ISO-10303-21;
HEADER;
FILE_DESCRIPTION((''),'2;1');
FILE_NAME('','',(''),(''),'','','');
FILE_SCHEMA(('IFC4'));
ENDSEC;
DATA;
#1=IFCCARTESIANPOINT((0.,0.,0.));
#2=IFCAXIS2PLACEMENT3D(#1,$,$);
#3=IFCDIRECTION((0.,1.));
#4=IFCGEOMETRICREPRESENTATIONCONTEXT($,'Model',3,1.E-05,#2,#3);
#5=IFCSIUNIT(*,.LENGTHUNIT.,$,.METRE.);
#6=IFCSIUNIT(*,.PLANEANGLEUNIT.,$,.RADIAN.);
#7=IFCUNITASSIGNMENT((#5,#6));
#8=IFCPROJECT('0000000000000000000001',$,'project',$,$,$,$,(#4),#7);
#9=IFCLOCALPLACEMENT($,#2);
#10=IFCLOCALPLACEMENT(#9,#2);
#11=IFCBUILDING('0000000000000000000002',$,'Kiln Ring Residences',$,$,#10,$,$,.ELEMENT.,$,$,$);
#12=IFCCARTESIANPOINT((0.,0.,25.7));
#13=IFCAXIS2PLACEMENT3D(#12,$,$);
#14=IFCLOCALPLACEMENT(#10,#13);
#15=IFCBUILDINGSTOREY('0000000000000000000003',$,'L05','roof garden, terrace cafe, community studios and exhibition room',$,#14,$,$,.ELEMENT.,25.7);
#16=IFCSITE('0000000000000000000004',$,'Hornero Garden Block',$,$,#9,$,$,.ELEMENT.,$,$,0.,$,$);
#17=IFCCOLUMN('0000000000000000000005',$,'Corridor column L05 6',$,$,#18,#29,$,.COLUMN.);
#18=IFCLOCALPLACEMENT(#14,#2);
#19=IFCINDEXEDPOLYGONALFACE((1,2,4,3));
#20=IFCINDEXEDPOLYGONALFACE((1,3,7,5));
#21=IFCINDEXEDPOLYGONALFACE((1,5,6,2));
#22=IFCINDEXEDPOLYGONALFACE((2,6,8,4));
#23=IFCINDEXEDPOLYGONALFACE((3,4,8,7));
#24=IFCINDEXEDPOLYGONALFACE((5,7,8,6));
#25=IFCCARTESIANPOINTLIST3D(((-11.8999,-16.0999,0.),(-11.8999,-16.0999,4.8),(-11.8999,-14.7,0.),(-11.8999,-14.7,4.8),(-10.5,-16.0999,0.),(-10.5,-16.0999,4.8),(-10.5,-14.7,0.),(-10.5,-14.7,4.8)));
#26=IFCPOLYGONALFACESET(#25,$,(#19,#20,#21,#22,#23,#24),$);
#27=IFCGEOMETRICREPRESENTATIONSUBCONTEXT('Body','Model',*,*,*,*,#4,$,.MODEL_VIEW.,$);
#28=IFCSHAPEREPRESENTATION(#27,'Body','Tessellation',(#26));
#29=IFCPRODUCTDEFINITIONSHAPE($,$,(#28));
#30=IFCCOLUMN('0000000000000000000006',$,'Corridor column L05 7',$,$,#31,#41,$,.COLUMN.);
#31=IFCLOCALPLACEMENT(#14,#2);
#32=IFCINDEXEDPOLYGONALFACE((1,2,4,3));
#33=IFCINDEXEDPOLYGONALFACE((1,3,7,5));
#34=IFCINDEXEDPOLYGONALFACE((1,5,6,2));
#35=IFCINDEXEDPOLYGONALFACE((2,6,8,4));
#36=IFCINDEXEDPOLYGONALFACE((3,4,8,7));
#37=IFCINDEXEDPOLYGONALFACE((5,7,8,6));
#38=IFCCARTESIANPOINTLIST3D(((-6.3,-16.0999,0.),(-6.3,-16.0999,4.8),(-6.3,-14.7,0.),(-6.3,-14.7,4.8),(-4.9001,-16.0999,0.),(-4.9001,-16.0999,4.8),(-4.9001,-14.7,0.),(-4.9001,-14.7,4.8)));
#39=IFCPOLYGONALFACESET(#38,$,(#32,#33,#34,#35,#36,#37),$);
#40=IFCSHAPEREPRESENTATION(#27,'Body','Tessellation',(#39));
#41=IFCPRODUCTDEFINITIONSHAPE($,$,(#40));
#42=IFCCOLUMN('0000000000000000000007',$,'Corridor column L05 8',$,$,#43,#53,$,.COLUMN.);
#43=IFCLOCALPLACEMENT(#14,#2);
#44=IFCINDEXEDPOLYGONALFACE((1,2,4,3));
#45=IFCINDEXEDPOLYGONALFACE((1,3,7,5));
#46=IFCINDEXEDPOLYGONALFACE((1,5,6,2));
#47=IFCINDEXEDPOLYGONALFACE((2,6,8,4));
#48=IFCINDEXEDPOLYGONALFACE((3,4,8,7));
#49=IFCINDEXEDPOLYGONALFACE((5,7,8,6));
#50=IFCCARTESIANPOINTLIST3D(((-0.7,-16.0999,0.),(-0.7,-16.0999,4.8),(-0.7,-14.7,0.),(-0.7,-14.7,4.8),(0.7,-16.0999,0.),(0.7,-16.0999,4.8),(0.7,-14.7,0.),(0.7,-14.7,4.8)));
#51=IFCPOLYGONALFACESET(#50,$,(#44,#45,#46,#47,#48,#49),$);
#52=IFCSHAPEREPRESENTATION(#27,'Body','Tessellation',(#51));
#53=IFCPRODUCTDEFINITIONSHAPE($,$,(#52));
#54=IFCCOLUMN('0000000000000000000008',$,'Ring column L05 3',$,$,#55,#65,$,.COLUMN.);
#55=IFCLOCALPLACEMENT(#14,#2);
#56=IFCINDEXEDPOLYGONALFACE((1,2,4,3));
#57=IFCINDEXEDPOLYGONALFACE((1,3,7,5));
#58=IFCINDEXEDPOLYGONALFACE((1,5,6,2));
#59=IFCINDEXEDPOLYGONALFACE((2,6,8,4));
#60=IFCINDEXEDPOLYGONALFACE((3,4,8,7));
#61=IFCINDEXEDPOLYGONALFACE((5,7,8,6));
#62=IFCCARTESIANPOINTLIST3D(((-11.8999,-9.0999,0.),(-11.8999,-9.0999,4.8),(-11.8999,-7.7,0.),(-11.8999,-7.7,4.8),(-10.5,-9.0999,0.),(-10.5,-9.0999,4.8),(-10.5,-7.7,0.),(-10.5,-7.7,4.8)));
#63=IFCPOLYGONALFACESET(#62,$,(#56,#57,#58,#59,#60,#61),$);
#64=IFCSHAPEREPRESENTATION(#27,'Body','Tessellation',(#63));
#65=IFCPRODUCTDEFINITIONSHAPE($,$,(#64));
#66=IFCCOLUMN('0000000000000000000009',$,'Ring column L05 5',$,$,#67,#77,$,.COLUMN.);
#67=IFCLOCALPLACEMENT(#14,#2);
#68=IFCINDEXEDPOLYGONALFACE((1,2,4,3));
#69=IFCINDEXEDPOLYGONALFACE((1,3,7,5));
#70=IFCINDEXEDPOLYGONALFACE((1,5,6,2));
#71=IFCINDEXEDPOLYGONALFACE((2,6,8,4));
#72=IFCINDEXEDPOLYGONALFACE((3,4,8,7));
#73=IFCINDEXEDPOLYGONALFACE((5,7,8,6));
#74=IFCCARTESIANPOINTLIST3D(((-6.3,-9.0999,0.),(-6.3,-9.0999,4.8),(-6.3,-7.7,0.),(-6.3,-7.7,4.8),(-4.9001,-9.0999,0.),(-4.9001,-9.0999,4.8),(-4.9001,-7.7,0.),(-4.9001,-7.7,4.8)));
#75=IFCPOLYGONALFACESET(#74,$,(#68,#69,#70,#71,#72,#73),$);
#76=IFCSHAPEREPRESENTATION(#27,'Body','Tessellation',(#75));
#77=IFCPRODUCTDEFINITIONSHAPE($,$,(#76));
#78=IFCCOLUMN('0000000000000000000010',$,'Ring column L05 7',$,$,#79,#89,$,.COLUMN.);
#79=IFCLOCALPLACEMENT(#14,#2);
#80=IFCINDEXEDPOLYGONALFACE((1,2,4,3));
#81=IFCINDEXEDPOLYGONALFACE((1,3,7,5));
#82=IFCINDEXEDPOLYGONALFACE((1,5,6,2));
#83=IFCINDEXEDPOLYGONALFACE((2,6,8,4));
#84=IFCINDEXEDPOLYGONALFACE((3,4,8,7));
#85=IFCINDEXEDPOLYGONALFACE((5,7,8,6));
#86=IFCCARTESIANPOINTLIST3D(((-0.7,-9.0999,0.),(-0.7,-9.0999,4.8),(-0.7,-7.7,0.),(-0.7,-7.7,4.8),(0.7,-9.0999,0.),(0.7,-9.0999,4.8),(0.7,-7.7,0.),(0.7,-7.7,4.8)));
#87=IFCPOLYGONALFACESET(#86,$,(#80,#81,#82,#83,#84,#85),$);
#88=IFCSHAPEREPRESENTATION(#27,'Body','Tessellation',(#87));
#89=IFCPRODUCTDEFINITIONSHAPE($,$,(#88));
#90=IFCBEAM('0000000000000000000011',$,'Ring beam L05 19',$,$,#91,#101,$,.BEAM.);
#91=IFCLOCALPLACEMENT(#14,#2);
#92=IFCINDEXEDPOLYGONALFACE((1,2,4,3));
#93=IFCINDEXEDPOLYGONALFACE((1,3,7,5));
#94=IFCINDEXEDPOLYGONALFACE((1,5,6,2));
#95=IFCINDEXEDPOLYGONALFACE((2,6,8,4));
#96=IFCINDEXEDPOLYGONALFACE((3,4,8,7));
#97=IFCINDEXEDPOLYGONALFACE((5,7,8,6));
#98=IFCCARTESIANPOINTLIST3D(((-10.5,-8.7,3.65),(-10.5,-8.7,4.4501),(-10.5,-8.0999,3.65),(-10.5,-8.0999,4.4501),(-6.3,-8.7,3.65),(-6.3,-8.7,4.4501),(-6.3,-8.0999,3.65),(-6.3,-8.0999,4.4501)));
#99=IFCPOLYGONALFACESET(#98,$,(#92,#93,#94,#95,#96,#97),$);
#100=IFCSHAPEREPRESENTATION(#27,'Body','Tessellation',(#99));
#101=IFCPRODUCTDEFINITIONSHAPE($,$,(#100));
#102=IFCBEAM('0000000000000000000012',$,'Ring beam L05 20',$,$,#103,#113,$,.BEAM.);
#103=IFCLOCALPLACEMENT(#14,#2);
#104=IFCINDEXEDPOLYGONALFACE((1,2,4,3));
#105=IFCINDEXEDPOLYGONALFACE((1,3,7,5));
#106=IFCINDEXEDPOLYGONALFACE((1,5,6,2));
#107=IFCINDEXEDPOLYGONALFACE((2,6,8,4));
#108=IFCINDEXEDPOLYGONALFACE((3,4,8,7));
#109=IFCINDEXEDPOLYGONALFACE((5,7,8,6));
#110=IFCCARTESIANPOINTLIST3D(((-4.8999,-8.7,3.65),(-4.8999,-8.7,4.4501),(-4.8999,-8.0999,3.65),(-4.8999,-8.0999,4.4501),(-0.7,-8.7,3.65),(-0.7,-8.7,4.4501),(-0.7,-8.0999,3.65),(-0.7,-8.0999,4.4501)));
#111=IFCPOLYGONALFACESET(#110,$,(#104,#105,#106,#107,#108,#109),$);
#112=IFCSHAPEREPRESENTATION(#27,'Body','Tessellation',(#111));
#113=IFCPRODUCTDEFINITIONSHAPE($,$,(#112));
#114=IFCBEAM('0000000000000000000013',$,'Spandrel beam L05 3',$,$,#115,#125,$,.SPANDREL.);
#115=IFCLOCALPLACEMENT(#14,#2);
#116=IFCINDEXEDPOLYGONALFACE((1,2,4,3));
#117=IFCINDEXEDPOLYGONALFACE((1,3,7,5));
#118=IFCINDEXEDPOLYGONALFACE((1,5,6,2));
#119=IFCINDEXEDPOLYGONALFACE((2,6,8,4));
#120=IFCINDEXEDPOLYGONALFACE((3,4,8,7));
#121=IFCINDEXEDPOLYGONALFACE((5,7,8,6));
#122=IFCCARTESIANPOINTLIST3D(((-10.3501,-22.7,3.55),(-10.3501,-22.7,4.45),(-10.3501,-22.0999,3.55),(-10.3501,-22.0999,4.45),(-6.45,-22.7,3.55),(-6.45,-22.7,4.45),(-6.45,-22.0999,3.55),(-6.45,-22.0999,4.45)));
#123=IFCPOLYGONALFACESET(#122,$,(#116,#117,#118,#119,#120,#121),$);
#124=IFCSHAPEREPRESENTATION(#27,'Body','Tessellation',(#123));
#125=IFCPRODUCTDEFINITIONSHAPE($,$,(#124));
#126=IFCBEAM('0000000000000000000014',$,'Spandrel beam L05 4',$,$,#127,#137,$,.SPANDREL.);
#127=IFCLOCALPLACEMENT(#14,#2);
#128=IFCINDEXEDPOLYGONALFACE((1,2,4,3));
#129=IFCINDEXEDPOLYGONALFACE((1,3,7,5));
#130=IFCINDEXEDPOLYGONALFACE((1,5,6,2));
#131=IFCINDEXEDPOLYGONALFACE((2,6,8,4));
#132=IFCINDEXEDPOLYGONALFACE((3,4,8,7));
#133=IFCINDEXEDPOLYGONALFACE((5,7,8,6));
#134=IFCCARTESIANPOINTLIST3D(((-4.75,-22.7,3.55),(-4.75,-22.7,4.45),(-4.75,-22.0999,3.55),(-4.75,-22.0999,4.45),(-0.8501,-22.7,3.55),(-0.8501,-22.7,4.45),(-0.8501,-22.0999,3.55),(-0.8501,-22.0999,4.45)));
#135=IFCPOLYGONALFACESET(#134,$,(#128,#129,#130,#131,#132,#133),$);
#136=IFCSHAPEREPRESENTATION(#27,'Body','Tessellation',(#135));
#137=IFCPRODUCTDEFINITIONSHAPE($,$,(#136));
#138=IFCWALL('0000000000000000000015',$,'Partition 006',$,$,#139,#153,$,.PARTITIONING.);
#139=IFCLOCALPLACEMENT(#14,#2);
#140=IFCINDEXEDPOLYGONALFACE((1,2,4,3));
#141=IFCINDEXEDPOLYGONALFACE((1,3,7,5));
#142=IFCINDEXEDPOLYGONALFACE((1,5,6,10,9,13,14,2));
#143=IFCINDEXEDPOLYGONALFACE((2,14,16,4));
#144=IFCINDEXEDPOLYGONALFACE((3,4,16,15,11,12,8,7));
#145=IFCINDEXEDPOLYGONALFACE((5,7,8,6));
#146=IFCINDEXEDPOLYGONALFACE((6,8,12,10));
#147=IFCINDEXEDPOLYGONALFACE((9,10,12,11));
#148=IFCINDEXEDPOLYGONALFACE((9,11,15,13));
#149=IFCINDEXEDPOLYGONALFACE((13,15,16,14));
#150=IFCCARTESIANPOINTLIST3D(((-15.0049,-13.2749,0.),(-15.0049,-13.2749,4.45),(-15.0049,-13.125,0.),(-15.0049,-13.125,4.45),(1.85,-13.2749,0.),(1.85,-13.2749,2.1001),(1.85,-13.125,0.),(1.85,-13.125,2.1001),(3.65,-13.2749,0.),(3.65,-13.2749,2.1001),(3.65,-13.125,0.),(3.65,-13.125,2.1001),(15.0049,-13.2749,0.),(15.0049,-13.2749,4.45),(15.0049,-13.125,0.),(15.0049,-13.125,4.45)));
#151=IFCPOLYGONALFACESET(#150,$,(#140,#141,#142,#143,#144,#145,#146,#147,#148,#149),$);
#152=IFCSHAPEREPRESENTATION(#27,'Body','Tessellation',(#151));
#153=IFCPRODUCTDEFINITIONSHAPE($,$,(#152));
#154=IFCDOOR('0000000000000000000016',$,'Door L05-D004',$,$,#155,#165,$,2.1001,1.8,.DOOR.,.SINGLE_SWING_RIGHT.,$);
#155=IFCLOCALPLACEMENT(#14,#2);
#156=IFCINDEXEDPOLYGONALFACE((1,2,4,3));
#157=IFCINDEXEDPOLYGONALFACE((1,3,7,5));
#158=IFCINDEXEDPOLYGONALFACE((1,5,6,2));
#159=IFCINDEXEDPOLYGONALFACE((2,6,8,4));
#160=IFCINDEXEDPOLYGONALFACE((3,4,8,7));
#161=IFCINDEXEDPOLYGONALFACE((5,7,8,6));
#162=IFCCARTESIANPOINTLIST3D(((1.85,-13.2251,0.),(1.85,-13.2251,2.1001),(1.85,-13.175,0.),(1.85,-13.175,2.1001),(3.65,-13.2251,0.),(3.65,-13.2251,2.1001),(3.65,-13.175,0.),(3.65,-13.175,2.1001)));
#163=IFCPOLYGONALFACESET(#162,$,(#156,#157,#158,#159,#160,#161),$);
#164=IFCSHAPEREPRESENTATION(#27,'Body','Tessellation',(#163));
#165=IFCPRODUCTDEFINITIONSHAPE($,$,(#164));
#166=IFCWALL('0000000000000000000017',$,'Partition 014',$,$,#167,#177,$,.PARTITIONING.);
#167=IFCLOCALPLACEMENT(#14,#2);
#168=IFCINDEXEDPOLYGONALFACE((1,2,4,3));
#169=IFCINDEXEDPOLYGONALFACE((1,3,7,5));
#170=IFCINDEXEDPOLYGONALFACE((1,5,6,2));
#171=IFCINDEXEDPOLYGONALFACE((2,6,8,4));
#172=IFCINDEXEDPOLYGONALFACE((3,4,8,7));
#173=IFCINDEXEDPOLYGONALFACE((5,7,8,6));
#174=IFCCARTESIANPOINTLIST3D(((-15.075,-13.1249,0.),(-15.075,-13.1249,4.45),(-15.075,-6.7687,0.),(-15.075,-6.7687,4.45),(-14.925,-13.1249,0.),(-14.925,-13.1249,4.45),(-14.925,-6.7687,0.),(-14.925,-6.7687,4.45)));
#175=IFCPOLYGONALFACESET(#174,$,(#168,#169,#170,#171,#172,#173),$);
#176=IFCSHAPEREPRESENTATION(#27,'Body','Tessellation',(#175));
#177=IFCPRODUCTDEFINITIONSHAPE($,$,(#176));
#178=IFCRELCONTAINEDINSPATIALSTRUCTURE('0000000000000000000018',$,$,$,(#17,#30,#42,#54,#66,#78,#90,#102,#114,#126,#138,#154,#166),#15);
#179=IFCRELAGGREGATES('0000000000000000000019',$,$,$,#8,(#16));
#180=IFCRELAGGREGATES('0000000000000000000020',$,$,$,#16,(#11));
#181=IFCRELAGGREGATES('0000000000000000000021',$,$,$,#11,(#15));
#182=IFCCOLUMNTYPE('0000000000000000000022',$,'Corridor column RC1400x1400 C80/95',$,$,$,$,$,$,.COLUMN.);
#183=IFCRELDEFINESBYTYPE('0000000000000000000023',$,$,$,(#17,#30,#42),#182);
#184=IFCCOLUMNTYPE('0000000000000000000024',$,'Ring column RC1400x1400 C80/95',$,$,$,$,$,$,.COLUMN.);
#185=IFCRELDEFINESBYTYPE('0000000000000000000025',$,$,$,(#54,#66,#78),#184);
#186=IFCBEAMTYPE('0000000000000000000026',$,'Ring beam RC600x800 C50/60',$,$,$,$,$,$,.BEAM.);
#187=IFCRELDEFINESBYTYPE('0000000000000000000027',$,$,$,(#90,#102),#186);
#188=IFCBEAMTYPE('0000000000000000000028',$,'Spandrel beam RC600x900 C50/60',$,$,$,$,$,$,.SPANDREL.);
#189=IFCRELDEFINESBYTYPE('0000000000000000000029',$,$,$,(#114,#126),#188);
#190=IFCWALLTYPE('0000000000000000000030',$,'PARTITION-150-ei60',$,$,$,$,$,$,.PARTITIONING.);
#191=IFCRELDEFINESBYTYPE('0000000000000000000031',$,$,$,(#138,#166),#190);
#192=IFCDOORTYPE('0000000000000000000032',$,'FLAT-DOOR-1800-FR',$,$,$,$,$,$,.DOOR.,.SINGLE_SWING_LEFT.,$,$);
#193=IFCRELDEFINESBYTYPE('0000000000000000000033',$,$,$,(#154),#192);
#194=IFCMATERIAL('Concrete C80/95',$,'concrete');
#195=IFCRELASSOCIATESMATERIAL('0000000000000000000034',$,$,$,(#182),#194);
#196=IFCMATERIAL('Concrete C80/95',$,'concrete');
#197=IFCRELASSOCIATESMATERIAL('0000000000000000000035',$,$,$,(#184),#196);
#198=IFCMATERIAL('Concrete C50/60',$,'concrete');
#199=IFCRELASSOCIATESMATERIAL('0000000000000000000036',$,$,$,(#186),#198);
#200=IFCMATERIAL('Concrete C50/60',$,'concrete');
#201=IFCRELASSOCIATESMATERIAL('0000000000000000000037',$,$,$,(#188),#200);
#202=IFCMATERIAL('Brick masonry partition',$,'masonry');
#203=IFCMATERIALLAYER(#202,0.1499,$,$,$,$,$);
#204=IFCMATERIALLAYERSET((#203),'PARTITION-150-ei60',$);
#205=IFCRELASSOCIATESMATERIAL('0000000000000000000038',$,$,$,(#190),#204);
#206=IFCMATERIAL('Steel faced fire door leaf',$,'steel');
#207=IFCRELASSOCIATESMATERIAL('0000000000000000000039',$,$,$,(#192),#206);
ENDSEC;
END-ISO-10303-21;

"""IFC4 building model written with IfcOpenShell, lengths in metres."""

from ifc_helpers import new_model, si_unit, direction, frame, frame_2d, origin, origin_2d, place, context, subcontext, project, spatial, rectangle, extrude, material, layer, layer_set, material_profile, profile_set, type_object, element, fill, save


model = new_model("IFC4")

# Units and contexts
model_context = context("Model", 3, precision=1e-05, world=origin(), true_north=direction((0.0, 1.0)))
body_context = subcontext(model_context, "Body", "Model", "MODEL_VIEW")
ifc_project = project(units=[si_unit("LENGTHUNIT", "METRE"), si_unit("PLANEANGLEUNIT", "RADIAN")], contexts=[model_context])

# Site, building, storey
site_placement = place(None, origin())
site = spatial("IfcSite", under=ifc_project, at=site_placement, Name="Hornero Garden Block", CompositionType="ELEMENT", RefElevation=0.0)
building_placement = place(site_placement, origin())
building = spatial("IfcBuilding", under=site, at=building_placement, Name="Kiln Ring Residences", CompositionType="ELEMENT")
storey_placement = place(building_placement, frame((0.0, 0.0, 25.7)))
storey = spatial("IfcBuildingStorey", under=building, at=storey_placement, Name="L05", Description="roof garden, terrace cafe, community studios and exhibition room", CompositionType="ELEMENT", Elevation=25.7)

# Columns
ifc_material_1 = material(Name="Concrete C80/95", Category="concrete")
ifc_material_profile_1 = material_profile(ifc_material_1, rectangle(XDim=1.3999, YDim=1.3999, at=origin_2d()), Name="RC1400x1400")
ifc_profile_set_1 = profile_set([ifc_material_profile_1], Name="Concrete C80/95")
column_type_1 = type_object("IfcColumnType", Name="Corridor column RC1400x1400 C80/95", PredefinedType="COLUMN", material=ifc_profile_set_1)
for number, where, z_axis, x_axis, name in (
    (1, (-11.2, -15.3999, 0.0), (0.0, 0.0, 1.0), (1.0, 0.0, 0.0), "Corridor column L05 6"),
    (2, (-5.6001, -15.3999, 0.0), (0.0, 0.0, 1.0), (1.0, 0.0, 0.0), "Corridor column L05 7"),
    (3, (0.0, -15.3999, 0.0), (0.0, 0.0, 1.0), (1.0, 0.0, 0.0), "Corridor column L05 8"),
):
    element("IfcColumn", number, at=place(storey_placement, frame(where, z_axis=z_axis, x_axis=x_axis)), inside=storey, type_object=column_type_1, Name=name, PredefinedType="COLUMN", context=body_context, shape_type="SweptSolid", body=[
        extrude(rectangle(XDim=1.3999, YDim=1.3999, at=origin_2d()), origin(), (0.0, 0.0, 1.0), 4.8),
    ])
ifc_material_2 = material(Name="Concrete C80/95", Category="concrete")
ifc_material_profile_2 = material_profile(ifc_material_2, rectangle(XDim=1.3999, YDim=1.3999, at=origin_2d()), Name="RC1400x1400")
ifc_profile_set_2 = profile_set([ifc_material_profile_2], Name="Concrete C80/95")
column_type_2 = type_object("IfcColumnType", Name="Ring column RC1400x1400 C80/95", PredefinedType="COLUMN", material=ifc_profile_set_2)
for number, where, z_axis, x_axis, name in (
    (4, (-11.2, -8.3999, 0.0), (0.0, 0.0, 1.0), (1.0, 0.0, 0.0), "Ring column L05 3"),
    (5, (-5.6001, -8.3999, 0.0), (0.0, 0.0, 1.0), (1.0, 0.0, 0.0), "Ring column L05 5"),
    (6, (0.0, -8.3999, 0.0), (0.0, 0.0, 1.0), (1.0, 0.0, 0.0), "Ring column L05 7"),
):
    element("IfcColumn", number, at=place(storey_placement, frame(where, z_axis=z_axis, x_axis=x_axis)), inside=storey, type_object=column_type_2, Name=name, PredefinedType="COLUMN", context=body_context, shape_type="SweptSolid", body=[
        extrude(rectangle(XDim=1.3999, YDim=1.3999, at=origin_2d()), origin(), (0.0, 0.0, 1.0), 4.8),
    ])

# Beams
ifc_material_3 = material(Name="Concrete C50/60", Category="concrete")
ifc_material_profile_3 = material_profile(ifc_material_3, rectangle(XDim=0.6001, YDim=0.8, at=origin_2d()), Name="RC600x800")
ifc_profile_set_3 = profile_set([ifc_material_profile_3], Name="Concrete C50/60")
beam_type_1 = type_object("IfcBeamType", Name="Ring beam RC600x800 C50/60", PredefinedType="BEAM", material=ifc_profile_set_3)
for number, where, z_axis, x_axis, name in (
    (7, (-10.5, -8.3999, 4.05), (1.0, 0.0, 0.0), (0.0, 1.0, 0.0), "Ring beam L05 19"),
    (8, (-4.8999, -8.3999, 4.05), (1.0, 0.0, 0.0), (0.0, 1.0, 0.0), "Ring beam L05 20"),
):
    element("IfcBeam", number, at=place(storey_placement, frame(where, z_axis=z_axis, x_axis=x_axis)), inside=storey, type_object=beam_type_1, Name=name, PredefinedType="BEAM", context=body_context, shape_type="SweptSolid", body=[
        extrude(rectangle(XDim=0.6001, YDim=0.8, at=origin_2d()), origin(), (0.0, 0.0, 1.0), 4.2),
    ])
ifc_material_4 = material(Name="Concrete C50/60", Category="concrete")
ifc_material_profile_4 = material_profile(ifc_material_4, rectangle(XDim=0.6001, YDim=0.8999, at=origin_2d()), Name="RC600x900")
ifc_profile_set_4 = profile_set([ifc_material_profile_4], Name="Concrete C50/60")
beam_type_2 = type_object("IfcBeamType", Name="Spandrel beam RC600x900 C50/60", PredefinedType="SPANDREL", material=ifc_profile_set_4)
beam_1_placement = place(storey_placement, frame((-10.3501, -22.3999, 4.0), z_axis=(1.0, 0.0, 0.0), x_axis=(0.0, 1.0, 0.0)))
element("IfcBeam", 9, at=beam_1_placement, inside=storey, type_object=beam_type_2, Name="Spandrel beam L05 3", PredefinedType="SPANDREL", context=body_context, shape_type="SweptSolid", body=[
    extrude(rectangle(XDim=0.6001, YDim=0.8999, at=origin_2d()), origin(), (0.0, 0.0, 1.0), 3.9001),
])
beam_2_placement = place(storey_placement, frame((-4.75, -22.3999, 4.0), z_axis=(1.0, 0.0, 0.0), x_axis=(0.0, 1.0, 0.0)))
element("IfcBeam", 10, at=beam_2_placement, inside=storey, type_object=beam_type_2, Name="Spandrel beam L05 4", PredefinedType="SPANDREL", context=body_context, shape_type="SweptSolid", body=[
    extrude(rectangle(XDim=0.6001, YDim=0.8999, at=origin_2d()), origin(), (0.0, 0.0, 1.0), 3.8999),
])

# Wall, opening, door
ifc_material_5 = material(Name="Brick masonry partition", Category="masonry")
ifc_layer = layer(ifc_material_5, 0.1499)
ifc_layer_set = layer_set([ifc_layer], Name="PARTITION-150-ei60")
wall_type = type_object("IfcWallType", Name="PARTITION-150-ei60", PredefinedType="PARTITIONING", material=ifc_layer_set)
wall_1_placement = place(storey_placement, frame((-15.0049, -13.2, 0.0), z_axis=(0.0, 0.0, 1.0), x_axis=(1.0, 0.0, 0.0)))
wall_1 = element("IfcWall", 11, at=wall_1_placement, inside=storey, type_object=wall_type, Name="Partition 006", PredefinedType="PARTITIONING", context=body_context, shape_type="SweptSolid", body=[
    extrude(rectangle(XDim=30.0098, YDim=0.1499, at=frame_2d((15.0049, 0.0))), origin(), (0.0, 0.0, 1.0), 4.45),
])
opening_placement = place(wall_1_placement, frame((16.855, 0.0, 0.0)))
opening = element("IfcOpeningElement", 12, at=opening_placement, cuts=wall_1, PredefinedType="OPENING", context=body_context, shape_type="SweptSolid", body=[
    extrude(rectangle(XDim=1.8, YDim=2.1001, at=frame_2d((0.8999, 1.05))), frame((0.0, 0.085, 0.0), z_axis=(0.0, -1.0, 0.0), x_axis=(1.0, 0.0, 0.0)), (0.0, 0.0, 1.0), 0.1699),
])
ifc_material_6 = material(Name="Steel faced fire door leaf", Category="steel")
door_type = type_object("IfcDoorType", Name="FLAT-DOOR-1800-FR", OperationType="SINGLE_SWING_LEFT", PredefinedType="DOOR", material=ifc_material_6)
door_placement = place(opening_placement, origin())
door = element("IfcDoor", 13, at=door_placement, inside=storey, type_object=door_type, Name="Door L05-D004", OperationType="SINGLE_SWING_RIGHT", OverallHeight=2.1001, OverallWidth=1.8, PredefinedType="DOOR", context=body_context, shape_type="SweptSolid", body=[
    extrude(rectangle(XDim=1.8, YDim=2.1001, at=frame_2d((0.8999, 1.05))), frame((0.0, 0.0249, 0.0), z_axis=(0.0, -1.0, 0.0), x_axis=(1.0, 0.0, 0.0)), (0.0, 0.0, 1.0), 0.05),
])
fill(opening, door)

# Wall
wall_2_placement = place(storey_placement, frame((-15.0, -13.125, 0.0), z_axis=(0.0, 0.0, 1.0), x_axis=(0.0, 1.0, 0.0)))
element("IfcWall", 14, at=wall_2_placement, inside=storey, type_object=wall_type, Name="Partition 014", PredefinedType="PARTITIONING", context=body_context, shape_type="SweptSolid", body=[
    extrude(rectangle(XDim=6.3562, YDim=0.1499, at=frame_2d((3.1782, 0.0))), origin(), (0.0, 0.0, 1.0), 4.45),
])

save(model, "model.ifc")
